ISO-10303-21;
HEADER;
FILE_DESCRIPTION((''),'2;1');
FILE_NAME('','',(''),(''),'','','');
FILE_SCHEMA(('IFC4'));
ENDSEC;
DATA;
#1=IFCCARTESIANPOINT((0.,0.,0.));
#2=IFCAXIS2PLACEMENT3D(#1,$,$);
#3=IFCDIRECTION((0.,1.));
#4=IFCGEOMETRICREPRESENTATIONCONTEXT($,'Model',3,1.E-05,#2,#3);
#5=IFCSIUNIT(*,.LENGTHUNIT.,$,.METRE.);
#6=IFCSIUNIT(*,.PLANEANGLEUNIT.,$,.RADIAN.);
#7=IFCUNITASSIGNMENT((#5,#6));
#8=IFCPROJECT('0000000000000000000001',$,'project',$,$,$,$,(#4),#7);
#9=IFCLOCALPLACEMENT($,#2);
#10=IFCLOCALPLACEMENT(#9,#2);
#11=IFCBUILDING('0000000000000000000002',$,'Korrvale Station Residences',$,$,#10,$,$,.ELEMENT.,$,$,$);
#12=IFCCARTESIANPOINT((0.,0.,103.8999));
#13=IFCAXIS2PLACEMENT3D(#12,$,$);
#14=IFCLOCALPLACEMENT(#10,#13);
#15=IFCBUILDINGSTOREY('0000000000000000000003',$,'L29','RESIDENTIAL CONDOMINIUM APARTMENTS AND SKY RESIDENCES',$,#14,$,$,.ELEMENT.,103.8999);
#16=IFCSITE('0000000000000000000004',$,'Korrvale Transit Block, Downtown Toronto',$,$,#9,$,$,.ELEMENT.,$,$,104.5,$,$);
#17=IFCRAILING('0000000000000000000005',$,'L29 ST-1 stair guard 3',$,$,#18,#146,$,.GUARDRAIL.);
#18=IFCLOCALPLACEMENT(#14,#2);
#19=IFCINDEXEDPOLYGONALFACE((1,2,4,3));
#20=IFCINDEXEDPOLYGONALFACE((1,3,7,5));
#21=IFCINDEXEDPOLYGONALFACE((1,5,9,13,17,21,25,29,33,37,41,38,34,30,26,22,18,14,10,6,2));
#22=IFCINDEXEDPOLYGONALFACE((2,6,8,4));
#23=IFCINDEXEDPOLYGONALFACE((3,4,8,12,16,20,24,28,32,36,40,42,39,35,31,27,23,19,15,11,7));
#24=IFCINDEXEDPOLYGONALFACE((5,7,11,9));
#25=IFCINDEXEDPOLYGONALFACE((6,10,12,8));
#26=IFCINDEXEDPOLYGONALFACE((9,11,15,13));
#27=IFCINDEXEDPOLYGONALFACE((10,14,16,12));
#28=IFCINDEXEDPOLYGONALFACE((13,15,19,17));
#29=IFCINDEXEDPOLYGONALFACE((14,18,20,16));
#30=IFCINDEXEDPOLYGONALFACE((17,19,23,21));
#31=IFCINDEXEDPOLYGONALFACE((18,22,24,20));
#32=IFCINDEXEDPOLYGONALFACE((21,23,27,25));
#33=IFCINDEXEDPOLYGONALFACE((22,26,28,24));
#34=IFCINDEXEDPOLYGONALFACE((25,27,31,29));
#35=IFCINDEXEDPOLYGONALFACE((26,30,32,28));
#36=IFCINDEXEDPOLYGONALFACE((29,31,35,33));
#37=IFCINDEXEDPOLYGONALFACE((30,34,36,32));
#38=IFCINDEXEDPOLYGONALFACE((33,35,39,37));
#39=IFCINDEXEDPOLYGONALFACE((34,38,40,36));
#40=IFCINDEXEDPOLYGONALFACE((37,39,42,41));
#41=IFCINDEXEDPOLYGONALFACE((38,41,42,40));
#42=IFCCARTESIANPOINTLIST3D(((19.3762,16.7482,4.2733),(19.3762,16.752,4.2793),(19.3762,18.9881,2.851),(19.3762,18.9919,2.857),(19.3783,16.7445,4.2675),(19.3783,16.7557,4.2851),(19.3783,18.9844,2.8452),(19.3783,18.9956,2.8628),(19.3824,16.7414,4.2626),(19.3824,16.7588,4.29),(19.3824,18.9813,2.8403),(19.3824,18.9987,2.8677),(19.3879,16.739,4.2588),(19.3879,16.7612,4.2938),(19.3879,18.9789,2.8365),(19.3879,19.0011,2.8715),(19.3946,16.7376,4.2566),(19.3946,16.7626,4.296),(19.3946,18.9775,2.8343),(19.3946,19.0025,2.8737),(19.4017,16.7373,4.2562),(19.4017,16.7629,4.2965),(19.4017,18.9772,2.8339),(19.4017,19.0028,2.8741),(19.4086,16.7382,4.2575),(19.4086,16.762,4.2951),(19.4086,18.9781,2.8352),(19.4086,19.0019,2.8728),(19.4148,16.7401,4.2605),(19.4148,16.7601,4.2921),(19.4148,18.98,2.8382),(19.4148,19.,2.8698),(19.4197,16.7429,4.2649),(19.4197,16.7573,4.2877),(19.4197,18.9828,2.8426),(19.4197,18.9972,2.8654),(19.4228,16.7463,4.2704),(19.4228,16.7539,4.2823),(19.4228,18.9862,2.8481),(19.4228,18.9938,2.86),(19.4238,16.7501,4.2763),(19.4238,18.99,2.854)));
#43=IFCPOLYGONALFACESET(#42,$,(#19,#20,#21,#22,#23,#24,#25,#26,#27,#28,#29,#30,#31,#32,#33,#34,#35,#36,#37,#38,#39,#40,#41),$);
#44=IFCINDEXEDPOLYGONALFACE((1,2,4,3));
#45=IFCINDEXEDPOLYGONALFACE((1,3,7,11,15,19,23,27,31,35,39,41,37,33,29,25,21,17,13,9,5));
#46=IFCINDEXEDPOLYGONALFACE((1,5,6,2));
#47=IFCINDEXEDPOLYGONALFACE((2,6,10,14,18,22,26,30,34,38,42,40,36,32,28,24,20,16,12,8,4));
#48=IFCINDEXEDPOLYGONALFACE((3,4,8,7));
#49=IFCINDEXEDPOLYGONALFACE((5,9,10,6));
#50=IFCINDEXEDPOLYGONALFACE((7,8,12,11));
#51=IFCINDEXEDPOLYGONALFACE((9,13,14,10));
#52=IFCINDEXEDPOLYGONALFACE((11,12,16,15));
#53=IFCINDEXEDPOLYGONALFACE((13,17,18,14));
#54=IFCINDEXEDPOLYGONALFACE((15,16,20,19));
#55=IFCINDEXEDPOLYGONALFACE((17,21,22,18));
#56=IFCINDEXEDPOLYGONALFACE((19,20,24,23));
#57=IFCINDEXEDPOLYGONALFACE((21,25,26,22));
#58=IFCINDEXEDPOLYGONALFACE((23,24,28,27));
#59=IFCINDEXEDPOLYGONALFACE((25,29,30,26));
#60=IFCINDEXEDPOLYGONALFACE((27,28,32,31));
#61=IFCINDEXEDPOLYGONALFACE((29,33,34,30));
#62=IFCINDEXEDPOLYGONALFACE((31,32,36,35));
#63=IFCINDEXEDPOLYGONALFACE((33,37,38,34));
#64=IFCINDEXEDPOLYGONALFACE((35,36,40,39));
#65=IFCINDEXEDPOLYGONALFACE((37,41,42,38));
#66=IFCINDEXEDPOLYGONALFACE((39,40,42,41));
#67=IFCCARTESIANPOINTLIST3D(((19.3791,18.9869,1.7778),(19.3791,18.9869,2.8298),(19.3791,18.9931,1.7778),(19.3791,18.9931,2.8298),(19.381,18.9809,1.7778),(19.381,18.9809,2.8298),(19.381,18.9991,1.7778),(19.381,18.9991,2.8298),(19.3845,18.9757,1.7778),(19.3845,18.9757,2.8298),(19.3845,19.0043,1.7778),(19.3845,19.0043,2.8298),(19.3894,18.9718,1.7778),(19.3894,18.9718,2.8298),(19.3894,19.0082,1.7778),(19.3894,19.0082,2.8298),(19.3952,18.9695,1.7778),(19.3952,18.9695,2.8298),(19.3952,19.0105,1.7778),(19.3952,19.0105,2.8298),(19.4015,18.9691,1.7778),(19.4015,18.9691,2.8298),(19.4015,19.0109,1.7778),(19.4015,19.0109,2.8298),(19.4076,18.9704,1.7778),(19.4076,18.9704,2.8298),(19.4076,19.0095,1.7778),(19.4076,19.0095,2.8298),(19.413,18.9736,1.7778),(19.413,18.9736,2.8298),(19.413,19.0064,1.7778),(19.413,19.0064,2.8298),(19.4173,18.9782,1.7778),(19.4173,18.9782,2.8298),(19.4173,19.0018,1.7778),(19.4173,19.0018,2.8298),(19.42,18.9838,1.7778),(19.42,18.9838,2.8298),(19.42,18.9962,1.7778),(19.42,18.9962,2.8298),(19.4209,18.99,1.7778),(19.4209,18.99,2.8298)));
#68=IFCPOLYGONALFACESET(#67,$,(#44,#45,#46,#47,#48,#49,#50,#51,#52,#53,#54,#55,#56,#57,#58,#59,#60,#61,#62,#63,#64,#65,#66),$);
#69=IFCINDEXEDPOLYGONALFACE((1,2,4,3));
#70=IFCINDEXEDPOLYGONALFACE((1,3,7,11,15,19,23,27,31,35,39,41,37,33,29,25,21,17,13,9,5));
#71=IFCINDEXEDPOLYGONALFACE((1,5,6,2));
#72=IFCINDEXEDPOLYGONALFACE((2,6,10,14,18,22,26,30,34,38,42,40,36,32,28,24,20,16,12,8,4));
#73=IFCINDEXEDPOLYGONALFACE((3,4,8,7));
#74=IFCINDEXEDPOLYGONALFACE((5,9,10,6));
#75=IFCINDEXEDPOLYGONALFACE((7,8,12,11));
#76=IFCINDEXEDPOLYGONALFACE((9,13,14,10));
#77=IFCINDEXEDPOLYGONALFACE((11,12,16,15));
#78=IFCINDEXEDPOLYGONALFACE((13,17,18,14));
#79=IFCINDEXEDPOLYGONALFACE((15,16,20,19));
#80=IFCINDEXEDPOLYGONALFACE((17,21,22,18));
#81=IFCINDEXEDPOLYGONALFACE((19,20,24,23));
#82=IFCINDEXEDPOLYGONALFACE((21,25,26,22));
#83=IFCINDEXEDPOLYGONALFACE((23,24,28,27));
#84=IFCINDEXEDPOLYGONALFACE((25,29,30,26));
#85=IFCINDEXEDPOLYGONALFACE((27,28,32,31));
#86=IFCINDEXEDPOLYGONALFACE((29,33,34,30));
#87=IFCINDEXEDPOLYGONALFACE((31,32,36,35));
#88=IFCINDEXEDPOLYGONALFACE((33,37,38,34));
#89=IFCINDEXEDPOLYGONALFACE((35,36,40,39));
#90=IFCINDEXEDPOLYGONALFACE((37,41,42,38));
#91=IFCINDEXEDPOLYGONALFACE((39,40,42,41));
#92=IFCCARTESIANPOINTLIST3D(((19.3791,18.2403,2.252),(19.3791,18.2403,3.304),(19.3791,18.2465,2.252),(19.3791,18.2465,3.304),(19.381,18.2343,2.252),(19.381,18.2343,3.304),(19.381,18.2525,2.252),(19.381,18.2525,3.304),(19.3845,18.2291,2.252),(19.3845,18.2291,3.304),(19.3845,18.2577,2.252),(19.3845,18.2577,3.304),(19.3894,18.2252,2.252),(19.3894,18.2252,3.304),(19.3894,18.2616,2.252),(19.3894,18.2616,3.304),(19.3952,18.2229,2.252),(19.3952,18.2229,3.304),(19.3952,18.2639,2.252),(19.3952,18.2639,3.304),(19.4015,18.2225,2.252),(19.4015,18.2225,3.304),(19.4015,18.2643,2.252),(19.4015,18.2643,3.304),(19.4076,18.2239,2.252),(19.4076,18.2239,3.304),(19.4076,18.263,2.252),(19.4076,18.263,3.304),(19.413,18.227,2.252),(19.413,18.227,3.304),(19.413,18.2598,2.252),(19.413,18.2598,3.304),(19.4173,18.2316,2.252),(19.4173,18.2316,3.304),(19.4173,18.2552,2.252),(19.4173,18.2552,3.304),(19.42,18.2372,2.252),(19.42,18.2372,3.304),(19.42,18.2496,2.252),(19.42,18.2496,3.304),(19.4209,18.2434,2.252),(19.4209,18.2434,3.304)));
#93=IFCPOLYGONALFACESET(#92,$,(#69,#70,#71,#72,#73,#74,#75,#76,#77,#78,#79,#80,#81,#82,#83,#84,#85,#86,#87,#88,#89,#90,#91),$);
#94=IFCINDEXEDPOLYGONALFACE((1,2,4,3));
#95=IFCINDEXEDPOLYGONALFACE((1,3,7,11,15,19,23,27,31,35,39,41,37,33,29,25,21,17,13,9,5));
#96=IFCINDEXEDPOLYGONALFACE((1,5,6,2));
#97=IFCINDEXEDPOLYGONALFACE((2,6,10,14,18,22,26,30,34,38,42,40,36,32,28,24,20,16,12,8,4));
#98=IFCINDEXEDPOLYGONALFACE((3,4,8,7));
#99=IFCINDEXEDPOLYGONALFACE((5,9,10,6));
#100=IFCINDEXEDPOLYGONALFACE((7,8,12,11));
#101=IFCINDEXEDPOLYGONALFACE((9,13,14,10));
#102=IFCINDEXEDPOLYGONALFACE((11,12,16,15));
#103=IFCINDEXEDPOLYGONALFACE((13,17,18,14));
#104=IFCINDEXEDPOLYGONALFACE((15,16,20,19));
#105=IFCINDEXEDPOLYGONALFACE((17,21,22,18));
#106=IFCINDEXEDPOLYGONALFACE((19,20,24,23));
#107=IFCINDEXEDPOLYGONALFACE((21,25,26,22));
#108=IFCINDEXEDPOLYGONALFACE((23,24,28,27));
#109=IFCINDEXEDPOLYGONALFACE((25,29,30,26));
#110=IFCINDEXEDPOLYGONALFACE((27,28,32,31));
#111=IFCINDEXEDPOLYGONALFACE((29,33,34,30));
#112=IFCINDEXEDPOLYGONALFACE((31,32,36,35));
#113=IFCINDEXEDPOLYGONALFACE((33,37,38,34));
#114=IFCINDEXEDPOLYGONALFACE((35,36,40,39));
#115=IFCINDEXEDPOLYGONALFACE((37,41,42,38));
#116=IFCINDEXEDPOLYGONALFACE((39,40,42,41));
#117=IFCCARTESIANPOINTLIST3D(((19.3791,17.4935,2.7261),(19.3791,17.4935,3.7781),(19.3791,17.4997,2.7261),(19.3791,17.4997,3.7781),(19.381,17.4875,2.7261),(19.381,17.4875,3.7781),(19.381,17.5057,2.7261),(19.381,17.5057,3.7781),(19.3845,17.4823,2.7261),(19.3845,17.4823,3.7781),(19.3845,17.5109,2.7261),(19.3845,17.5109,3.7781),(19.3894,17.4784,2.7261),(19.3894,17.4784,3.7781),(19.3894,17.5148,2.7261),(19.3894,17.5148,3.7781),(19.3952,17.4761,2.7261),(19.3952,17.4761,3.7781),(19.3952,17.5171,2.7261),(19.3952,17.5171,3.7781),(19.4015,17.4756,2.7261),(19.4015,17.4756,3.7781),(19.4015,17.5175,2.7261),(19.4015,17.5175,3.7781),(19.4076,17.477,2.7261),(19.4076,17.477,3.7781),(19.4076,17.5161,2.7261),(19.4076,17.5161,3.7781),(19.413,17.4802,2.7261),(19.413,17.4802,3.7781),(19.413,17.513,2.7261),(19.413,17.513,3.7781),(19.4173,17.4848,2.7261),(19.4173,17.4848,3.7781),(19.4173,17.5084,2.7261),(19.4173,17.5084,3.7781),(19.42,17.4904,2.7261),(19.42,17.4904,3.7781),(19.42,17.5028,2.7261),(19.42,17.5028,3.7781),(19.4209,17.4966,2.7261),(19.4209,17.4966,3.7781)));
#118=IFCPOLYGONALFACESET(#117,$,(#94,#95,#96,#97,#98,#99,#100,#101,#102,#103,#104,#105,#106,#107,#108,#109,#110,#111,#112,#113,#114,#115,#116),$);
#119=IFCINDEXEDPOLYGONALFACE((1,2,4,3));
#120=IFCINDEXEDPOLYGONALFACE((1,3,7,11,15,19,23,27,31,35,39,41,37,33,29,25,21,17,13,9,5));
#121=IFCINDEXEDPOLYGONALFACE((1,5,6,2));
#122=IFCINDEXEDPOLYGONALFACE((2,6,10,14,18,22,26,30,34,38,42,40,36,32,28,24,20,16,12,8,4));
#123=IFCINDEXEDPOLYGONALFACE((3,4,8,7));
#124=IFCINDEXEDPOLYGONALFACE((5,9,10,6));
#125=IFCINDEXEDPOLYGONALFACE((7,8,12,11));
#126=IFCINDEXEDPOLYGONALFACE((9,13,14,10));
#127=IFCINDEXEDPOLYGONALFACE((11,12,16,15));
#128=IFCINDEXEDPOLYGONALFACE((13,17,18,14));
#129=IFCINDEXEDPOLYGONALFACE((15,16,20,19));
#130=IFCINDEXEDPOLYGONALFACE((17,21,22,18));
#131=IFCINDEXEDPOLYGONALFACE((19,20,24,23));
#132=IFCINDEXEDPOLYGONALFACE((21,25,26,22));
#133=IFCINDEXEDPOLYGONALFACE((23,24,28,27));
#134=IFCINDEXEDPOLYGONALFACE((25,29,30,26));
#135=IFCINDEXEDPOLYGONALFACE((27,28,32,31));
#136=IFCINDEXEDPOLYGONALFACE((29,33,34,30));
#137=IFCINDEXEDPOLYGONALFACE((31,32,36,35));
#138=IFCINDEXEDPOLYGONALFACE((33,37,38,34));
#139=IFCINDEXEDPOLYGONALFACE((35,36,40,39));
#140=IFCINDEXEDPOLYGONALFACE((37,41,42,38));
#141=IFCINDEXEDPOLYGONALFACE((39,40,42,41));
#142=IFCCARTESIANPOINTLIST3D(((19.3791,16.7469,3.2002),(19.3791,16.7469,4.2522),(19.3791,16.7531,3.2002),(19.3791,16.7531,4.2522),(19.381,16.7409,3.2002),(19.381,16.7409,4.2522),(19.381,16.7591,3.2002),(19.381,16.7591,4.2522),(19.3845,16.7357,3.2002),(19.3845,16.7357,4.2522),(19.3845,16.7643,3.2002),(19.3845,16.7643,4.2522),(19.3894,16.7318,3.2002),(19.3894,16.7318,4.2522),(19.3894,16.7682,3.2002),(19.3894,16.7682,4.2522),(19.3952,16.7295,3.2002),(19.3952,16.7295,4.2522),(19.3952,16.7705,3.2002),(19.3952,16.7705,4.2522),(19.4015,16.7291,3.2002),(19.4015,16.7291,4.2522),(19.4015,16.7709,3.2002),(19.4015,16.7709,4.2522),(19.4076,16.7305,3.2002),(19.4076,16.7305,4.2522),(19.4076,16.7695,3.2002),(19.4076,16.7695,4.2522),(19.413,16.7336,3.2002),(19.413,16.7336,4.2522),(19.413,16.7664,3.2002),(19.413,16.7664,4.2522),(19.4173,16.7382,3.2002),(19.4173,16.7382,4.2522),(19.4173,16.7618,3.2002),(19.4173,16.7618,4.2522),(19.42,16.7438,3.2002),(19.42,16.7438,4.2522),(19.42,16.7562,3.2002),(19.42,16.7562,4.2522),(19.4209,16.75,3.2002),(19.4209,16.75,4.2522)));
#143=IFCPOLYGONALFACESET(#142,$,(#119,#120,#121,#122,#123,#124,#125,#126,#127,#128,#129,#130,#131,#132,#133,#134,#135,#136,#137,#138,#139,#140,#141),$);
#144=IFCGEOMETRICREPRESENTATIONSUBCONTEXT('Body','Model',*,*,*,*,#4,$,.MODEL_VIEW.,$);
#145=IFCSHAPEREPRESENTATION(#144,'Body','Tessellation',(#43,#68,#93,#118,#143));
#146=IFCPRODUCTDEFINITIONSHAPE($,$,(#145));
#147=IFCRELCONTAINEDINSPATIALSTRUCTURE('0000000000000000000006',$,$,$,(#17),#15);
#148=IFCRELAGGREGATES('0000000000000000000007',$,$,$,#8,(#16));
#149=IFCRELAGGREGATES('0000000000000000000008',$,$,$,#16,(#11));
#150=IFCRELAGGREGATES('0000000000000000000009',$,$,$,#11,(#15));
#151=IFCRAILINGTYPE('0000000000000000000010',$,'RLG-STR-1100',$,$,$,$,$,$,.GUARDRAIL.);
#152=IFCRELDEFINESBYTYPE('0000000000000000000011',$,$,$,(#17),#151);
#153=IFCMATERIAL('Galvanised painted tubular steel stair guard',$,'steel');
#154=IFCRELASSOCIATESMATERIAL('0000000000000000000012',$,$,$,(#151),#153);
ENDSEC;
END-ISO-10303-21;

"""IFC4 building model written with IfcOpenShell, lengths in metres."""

from ifc_helpers import new_model, si_unit, direction, frame, origin, origin_2d, place, context, subcontext, project, spatial, circle, extrude, material, type_object, element, save


model = new_model("IFC4")

# Units and contexts
model_context = context("Model", 3, precision=1e-05, world=origin(), true_north=direction((0.0, 1.0)))
body_context = subcontext(model_context, "Body", "Model", "MODEL_VIEW")
ifc_project = project(units=[si_unit("LENGTHUNIT", "METRE"), si_unit("PLANEANGLEUNIT", "RADIAN")], contexts=[model_context])

# Site, building, storey
site_placement = place(None, origin())
site = spatial("IfcSite", under=ifc_project, at=site_placement, Name="Korrvale Transit Block, Downtown Toronto", CompositionType="ELEMENT", RefElevation=104.5)
building_placement = place(site_placement, origin())
building = spatial("IfcBuilding", under=site, at=building_placement, Name="Korrvale Station Residences", CompositionType="ELEMENT")
storey_placement = place(building_placement, frame((0.0, 0.0, 103.8999)))
storey = spatial("IfcBuildingStorey", under=building, at=storey_placement, Name="L29", Description="RESIDENTIAL CONDOMINIUM APARTMENTS AND SKY RESIDENCES", CompositionType="ELEMENT", Elevation=103.8999)

# Railing
ifc_material_1 = material(Name="Galvanised painted tubular steel stair guard", Category="steel")
railing_type_1 = type_object("IfcRailingType", Name="RLG-STR-1100", PredefinedType="GUARDRAIL", material=ifc_material_1)
railing_1_placement = place(storey_placement, frame((19.3999, 18.99, 1.7778)))
element("IfcRailing", 1, at=railing_1_placement, inside=storey, type_object=railing_type_1, Name="L29 ST-1 stair guard 3", PredefinedType="GUARDRAIL", context=body_context, shape_type="SweptSolid", body=[
    extrude(circle(Radius=0.0239, at=origin_2d()), frame((0.0, 0.0, 1.0762), z_axis=(0.0, -0.844188, 0.536048), x_axis=(1.0, 0.0, 0.0)), (0.0, 0.0, 1.0), 2.6533),
    extrude(circle(Radius=0.021, at=origin_2d()), origin(), (0.0, 0.0, 1.0), 1.052),
    extrude(circle(Radius=0.021, at=origin_2d()), frame((0.0, -0.7466, 0.4741)), (0.0, 0.0, 1.0), 1.052),
    extrude(circle(Radius=0.021, at=origin_2d()), frame((0.0, -1.4934, 0.9482)), (0.0, 0.0, 1.0), 1.052),
    extrude(circle(Radius=0.021, at=origin_2d()), frame((0.0, -2.24, 1.4224)), (0.0, 0.0, 1.0), 1.052),
])

save(model, "model.ifc")
